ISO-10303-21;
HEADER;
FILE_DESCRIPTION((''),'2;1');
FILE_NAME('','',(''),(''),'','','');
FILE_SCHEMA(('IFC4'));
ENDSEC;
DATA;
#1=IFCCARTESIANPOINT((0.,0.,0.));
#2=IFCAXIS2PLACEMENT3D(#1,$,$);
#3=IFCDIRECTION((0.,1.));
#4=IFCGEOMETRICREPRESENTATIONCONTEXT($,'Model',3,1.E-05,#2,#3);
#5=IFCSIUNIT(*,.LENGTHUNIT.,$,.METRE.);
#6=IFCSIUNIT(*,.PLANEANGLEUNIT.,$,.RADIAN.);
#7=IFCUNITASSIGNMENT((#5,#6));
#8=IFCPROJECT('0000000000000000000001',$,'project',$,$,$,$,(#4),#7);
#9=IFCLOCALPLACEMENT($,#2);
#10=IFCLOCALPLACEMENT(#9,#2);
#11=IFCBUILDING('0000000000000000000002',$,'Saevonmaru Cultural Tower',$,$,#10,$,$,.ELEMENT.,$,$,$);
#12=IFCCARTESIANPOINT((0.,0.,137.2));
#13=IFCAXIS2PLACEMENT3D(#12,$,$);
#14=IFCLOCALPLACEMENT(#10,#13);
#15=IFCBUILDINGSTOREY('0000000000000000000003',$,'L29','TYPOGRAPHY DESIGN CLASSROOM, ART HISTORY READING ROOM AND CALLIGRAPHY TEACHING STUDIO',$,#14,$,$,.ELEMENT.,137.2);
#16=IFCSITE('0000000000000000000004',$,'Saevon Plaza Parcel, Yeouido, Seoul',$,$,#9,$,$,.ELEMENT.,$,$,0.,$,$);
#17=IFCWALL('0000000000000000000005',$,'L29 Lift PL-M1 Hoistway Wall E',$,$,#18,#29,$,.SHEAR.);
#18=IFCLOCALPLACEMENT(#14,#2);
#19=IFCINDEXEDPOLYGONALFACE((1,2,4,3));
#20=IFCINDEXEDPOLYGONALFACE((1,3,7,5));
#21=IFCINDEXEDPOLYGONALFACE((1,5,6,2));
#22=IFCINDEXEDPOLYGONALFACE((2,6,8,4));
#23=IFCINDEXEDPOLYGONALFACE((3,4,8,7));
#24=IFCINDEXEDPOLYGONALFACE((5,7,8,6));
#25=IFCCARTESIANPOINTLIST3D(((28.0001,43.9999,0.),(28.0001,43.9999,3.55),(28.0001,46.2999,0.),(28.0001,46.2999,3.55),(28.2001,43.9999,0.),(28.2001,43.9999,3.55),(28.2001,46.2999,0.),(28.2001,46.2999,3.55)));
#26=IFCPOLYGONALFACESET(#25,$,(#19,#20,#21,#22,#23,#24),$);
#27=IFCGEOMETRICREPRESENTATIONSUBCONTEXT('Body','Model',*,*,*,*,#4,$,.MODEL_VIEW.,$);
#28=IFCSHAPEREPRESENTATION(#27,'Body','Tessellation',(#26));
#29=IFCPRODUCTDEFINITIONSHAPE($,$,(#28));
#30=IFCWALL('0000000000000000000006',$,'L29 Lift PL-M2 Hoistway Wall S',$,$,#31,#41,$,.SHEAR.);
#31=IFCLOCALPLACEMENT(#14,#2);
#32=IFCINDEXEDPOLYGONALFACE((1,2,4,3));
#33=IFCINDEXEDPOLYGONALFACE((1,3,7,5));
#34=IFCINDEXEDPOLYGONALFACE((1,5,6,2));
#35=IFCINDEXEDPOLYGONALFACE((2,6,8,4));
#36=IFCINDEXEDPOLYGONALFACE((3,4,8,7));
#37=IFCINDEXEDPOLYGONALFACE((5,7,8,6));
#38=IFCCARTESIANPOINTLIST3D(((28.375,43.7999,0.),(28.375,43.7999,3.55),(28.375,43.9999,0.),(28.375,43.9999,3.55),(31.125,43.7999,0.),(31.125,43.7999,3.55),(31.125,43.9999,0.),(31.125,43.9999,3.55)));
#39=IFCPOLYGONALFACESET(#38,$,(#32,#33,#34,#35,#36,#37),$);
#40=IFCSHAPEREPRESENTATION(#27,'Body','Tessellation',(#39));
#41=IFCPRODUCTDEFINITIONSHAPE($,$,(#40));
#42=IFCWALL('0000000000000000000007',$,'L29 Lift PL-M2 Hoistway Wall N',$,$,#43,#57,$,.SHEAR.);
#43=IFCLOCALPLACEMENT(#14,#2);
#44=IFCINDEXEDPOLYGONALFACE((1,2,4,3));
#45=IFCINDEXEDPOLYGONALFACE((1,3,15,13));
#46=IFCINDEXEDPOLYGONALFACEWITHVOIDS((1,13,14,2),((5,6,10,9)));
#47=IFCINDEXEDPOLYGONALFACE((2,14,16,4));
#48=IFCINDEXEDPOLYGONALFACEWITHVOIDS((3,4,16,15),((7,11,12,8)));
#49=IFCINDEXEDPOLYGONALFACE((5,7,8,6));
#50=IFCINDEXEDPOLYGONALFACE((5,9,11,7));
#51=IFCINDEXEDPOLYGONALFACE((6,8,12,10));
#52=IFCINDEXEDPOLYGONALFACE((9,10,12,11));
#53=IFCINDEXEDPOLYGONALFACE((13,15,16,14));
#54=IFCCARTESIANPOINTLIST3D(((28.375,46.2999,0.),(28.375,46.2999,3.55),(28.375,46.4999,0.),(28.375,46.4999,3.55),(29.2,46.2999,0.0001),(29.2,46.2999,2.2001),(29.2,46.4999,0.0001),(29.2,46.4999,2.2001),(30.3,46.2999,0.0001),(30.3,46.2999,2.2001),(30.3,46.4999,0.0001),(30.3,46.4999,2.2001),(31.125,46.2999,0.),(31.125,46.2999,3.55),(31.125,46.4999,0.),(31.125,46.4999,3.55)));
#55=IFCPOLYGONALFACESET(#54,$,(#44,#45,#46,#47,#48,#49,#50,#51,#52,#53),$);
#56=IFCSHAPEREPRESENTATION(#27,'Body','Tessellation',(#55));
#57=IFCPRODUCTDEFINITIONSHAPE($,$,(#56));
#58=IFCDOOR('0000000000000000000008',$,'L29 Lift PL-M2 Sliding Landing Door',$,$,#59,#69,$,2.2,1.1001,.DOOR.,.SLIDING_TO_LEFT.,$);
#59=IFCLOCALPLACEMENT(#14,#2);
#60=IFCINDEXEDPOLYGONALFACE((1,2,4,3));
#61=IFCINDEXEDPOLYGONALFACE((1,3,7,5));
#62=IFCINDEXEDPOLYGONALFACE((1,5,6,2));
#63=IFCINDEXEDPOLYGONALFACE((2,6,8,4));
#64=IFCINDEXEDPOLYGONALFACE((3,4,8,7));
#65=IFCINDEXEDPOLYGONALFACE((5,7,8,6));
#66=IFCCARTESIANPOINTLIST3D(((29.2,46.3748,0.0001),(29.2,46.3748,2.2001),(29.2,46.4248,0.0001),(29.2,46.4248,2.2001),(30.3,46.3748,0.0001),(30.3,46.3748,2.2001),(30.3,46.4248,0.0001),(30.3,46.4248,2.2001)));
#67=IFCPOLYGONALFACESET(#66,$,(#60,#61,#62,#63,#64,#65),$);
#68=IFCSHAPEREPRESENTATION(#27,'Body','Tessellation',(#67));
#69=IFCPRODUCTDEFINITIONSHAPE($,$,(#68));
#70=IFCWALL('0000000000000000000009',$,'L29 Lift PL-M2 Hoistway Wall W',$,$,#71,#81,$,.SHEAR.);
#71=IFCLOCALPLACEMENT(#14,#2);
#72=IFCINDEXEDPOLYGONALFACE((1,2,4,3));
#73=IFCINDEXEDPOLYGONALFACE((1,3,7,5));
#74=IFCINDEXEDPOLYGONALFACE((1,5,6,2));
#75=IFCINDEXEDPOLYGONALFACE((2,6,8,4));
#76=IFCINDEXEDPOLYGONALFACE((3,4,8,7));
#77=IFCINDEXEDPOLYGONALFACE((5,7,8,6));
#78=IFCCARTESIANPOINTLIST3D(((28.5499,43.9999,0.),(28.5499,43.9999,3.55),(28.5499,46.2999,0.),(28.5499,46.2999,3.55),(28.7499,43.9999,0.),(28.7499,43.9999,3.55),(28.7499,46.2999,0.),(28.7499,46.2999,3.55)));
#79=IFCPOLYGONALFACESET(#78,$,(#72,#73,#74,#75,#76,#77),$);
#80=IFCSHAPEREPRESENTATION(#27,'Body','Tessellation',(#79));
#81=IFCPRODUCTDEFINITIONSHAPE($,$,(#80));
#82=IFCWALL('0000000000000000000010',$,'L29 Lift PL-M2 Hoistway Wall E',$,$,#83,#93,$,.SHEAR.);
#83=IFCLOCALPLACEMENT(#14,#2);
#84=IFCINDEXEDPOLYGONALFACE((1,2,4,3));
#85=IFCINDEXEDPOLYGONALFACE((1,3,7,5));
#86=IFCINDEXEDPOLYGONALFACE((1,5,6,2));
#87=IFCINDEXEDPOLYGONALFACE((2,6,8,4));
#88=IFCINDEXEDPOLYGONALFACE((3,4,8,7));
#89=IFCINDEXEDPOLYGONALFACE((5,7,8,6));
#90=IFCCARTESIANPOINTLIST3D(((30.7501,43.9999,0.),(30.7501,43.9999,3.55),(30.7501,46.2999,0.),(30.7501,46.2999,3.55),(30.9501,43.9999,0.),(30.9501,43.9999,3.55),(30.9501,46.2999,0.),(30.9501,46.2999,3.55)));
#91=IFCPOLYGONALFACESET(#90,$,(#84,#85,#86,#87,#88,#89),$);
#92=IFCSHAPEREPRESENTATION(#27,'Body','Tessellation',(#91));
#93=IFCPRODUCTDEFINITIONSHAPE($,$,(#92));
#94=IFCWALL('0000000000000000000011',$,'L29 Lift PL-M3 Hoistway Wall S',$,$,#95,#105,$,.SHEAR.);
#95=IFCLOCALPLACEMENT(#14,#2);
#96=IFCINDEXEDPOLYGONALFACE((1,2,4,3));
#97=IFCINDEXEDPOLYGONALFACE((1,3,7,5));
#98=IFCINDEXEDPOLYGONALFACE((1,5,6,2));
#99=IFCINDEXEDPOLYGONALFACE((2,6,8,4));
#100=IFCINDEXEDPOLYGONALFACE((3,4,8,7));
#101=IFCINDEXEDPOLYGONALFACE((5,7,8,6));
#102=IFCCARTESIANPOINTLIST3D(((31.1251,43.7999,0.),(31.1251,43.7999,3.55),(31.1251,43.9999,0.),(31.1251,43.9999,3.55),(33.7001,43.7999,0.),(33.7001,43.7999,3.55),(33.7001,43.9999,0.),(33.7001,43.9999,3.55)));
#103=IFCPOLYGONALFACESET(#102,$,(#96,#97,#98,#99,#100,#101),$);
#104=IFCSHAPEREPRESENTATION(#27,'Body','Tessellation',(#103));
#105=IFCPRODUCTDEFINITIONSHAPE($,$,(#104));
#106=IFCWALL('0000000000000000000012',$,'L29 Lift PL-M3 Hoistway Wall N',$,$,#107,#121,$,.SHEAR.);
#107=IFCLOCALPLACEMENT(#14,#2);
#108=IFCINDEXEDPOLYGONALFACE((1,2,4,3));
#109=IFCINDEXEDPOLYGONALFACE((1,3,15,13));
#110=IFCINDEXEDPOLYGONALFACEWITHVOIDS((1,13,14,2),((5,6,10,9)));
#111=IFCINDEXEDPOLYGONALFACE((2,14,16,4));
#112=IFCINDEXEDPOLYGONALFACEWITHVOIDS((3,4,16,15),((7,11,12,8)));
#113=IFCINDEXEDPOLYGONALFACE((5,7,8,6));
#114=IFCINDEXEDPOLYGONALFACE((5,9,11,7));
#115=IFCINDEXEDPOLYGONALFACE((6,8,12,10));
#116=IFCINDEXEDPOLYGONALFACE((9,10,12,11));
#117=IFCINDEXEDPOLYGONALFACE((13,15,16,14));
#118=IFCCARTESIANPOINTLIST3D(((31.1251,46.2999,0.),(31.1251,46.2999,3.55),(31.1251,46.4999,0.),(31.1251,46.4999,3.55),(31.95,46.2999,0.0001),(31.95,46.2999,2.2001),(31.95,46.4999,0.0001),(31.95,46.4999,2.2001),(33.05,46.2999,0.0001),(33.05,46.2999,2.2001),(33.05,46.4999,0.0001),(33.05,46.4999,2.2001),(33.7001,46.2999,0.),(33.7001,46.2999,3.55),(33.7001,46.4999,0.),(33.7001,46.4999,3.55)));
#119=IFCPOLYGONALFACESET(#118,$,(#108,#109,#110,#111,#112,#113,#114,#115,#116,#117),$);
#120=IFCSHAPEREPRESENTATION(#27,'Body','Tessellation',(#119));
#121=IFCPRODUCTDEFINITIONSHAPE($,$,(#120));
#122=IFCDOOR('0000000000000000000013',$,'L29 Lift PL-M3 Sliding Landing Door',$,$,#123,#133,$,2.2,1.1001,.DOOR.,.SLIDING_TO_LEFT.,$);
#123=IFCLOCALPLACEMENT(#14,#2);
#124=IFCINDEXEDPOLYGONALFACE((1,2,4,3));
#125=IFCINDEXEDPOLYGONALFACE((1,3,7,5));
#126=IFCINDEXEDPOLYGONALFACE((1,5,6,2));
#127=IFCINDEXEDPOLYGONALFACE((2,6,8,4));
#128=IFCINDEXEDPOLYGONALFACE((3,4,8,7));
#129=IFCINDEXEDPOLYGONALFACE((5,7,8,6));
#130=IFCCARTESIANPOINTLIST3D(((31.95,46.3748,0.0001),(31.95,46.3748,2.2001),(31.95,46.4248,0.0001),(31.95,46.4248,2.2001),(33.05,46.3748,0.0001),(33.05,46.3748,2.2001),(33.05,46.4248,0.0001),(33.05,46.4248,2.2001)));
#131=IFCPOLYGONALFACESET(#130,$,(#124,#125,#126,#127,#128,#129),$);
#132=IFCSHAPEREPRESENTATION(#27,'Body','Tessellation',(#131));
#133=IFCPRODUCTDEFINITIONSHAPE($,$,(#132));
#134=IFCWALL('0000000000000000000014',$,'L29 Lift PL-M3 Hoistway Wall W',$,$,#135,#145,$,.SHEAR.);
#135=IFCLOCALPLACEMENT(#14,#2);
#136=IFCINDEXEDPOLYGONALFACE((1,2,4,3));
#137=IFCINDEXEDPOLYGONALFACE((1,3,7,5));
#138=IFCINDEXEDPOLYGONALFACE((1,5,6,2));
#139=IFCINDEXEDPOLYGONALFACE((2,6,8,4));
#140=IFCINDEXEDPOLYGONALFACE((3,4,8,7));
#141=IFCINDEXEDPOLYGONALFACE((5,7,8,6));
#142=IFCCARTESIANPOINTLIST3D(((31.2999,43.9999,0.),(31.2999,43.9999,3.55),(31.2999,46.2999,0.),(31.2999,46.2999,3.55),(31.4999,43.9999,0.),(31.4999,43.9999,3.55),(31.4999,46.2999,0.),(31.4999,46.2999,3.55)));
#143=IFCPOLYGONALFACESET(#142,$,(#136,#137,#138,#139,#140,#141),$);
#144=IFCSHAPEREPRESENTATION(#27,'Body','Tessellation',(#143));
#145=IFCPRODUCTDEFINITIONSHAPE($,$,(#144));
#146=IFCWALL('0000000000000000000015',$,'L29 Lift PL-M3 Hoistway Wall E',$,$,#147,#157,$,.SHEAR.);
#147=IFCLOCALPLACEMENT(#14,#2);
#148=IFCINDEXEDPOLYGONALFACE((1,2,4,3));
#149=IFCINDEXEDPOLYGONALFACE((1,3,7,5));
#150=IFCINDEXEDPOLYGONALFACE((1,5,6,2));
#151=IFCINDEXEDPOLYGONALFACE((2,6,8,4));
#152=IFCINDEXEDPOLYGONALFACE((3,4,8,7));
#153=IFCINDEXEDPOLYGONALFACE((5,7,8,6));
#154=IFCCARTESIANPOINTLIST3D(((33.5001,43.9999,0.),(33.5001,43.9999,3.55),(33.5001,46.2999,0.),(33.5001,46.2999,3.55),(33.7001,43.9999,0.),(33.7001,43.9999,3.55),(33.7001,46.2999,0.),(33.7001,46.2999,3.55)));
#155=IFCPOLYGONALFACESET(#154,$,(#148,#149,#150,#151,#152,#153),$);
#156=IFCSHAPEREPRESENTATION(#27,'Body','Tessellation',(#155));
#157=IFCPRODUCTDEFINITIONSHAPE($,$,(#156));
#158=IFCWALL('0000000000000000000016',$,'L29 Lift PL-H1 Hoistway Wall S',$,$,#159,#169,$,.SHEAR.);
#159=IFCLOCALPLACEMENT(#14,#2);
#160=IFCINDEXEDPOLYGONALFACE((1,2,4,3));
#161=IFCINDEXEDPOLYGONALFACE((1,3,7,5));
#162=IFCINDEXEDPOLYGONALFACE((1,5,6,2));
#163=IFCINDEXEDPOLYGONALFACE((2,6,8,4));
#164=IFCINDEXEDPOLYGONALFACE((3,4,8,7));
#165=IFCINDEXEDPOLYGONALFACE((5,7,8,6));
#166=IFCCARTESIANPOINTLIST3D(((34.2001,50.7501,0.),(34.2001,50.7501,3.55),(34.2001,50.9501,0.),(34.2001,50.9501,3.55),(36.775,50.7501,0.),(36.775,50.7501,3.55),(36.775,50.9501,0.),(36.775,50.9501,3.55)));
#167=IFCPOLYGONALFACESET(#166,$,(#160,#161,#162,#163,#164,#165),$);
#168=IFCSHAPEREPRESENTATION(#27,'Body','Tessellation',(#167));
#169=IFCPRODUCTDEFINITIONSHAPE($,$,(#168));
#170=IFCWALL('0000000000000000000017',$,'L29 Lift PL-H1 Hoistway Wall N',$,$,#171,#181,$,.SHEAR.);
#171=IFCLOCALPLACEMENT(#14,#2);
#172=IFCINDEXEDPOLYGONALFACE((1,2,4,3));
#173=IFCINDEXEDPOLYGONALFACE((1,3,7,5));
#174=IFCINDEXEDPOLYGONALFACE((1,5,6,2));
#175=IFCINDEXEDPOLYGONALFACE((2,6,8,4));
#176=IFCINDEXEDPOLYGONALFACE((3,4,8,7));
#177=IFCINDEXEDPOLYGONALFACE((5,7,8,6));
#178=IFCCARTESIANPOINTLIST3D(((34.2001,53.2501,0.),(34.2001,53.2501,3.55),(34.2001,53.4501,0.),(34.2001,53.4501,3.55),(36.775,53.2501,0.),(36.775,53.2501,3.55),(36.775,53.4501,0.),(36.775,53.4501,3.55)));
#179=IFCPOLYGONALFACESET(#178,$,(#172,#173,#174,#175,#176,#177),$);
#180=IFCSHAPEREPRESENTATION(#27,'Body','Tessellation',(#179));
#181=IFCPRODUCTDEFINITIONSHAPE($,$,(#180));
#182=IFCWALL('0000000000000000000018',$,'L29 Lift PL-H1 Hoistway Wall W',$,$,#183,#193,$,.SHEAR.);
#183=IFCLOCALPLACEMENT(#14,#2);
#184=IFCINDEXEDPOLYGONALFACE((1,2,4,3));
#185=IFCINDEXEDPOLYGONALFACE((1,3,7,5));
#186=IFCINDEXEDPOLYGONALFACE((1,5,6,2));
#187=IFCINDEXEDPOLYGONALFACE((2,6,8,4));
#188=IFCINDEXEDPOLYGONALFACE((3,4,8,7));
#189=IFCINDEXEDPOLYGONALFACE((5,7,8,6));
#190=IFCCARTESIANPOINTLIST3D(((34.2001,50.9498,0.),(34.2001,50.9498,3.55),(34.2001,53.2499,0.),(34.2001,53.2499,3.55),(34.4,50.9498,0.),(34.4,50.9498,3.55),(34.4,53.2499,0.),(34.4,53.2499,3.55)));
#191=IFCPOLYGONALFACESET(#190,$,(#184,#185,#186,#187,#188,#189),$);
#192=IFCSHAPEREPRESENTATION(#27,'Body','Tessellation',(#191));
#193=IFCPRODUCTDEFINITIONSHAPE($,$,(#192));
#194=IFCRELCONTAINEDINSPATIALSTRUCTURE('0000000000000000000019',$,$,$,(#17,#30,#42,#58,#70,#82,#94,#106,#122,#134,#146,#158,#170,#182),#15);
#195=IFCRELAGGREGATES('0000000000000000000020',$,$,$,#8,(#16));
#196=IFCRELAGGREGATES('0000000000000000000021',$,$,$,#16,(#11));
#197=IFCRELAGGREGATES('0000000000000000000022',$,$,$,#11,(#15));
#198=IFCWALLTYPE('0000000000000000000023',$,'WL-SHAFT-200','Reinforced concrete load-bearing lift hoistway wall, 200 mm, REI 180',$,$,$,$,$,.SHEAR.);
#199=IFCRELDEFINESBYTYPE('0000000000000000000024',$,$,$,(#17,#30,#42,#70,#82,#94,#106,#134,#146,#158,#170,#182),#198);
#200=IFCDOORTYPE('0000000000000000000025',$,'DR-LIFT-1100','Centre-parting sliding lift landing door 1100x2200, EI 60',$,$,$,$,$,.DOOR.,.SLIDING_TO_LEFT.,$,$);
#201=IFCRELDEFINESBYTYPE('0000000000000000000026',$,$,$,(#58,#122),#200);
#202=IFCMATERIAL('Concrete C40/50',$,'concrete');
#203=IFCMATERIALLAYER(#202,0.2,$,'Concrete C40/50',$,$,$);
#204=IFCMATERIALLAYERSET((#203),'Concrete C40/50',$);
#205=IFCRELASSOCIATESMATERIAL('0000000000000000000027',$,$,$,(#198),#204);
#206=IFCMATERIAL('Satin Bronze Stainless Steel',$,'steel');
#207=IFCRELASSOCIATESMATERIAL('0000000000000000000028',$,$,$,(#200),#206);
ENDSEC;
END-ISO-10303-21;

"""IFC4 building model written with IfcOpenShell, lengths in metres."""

from ifc_helpers import new_model, si_unit, direction, frame, frame_2d, origin, place, context, subcontext, project, spatial, rectangle, extrude, material, layer, layer_set, type_object, element, fill, save


model = new_model("IFC4")

# Units and contexts
model_context = context("Model", 3, precision=1e-05, world=origin(), true_north=direction((0.0, 1.0)))
body_context = subcontext(model_context, "Body", "Model", "MODEL_VIEW")
ifc_project = project(units=[si_unit("LENGTHUNIT", "METRE"), si_unit("PLANEANGLEUNIT", "RADIAN")], contexts=[model_context])

# Site, building, storey
site_placement = place(None, origin())
site = spatial("IfcSite", under=ifc_project, at=site_placement, Name="Saevon Plaza Parcel, Yeouido, Seoul", CompositionType="ELEMENT", RefElevation=0.0)
building_placement = place(site_placement, origin())
building = spatial("IfcBuilding", under=site, at=building_placement, Name="Saevonmaru Cultural Tower", CompositionType="ELEMENT")
storey_placement = place(building_placement, frame((0.0, 0.0, 137.2)))
storey = spatial("IfcBuildingStorey", under=building, at=storey_placement, Name="L29", Description="TYPOGRAPHY DESIGN CLASSROOM, ART HISTORY READING ROOM AND CALLIGRAPHY TEACHING STUDIO", CompositionType="ELEMENT", Elevation=137.2)

# Shared definitions
ifc_material_1 = material(Name="Concrete C40/50", Category="concrete")
ifc_layer_1 = layer(ifc_material_1, 0.2, Name="Concrete C40/50")
ifc_layer_set_1 = layer_set([ifc_layer_1], Name="Concrete C40/50")
wall_type_1 = type_object("IfcWallType", Name="WL-SHAFT-200", Description="Reinforced concrete load-bearing lift hoistway wall, 200 mm, REI 180", PredefinedType="SHEAR", material=ifc_layer_set_1)
ifc_material_2 = material(Name="Satin Bronze Stainless Steel", Category="steel")
door_type_1 = type_object("IfcDoorType", Name="DR-LIFT-1100", Description="Centre-parting sliding lift landing door 1100x2200, EI 60", OperationType="SLIDING_TO_LEFT", PredefinedType="DOOR", material=ifc_material_2)

# Walls
for number, where, z_axis, x_axis, name in (
    (1, (28.1001, 44.0, 0.0), (0.0, 0.0, 1.0), (0.0, 1.0, 0.0), "L29 Lift PL-M1 Hoistway Wall E"),
):
    element("IfcWall", number, at=place(storey_placement, frame(where, z_axis=z_axis, x_axis=x_axis)), inside=storey, type_object=wall_type_1, Name=name, PredefinedType="SHEAR", context=body_context, shape_type="SweptSolid", body=[
        extrude(rectangle(XDim=2.3, YDim=0.2, at=frame_2d((1.1499, 0.0))), origin(), (0.0, 0.0, 1.0), 3.55),
    ])
wall_1_placement = place(storey_placement, frame((28.375, 43.8999, 0.0), z_axis=(0.0, 0.0, 1.0), x_axis=(1.0, 0.0, 0.0)))
element("IfcWall", 2, at=wall_1_placement, inside=storey, type_object=wall_type_1, Name="L29 Lift PL-M2 Hoistway Wall S", PredefinedType="SHEAR", context=body_context, shape_type="SweptSolid", body=[
    extrude(rectangle(XDim=2.75, YDim=0.2, at=frame_2d((1.375, 0.0))), origin(), (0.0, 0.0, 1.0), 3.55),
])

# Wall, opening, door
wall_2_placement = place(storey_placement, frame((28.375, 46.3999, 0.0), z_axis=(0.0, 0.0, 1.0), x_axis=(1.0, 0.0, 0.0)))
wall_2 = element("IfcWall", 3, at=wall_2_placement, inside=storey, type_object=wall_type_1, Name="L29 Lift PL-M2 Hoistway Wall N", PredefinedType="SHEAR", context=body_context, shape_type="SweptSolid", body=[
    extrude(rectangle(XDim=2.75, YDim=0.2, at=frame_2d((1.375, 0.0))), origin(), (0.0, 0.0, 1.0), 3.55),
])
opening_1_placement = place(wall_2_placement, frame((0.825, 0.0, 0.0)))
opening_1 = element("IfcOpeningElement", 4, at=opening_1_placement, cuts=wall_2, PredefinedType="OPENING", context=body_context, shape_type="SweptSolid", body=[
    extrude(rectangle(XDim=1.1001, YDim=2.2, at=frame_2d((0.55, 1.1001))), frame((0.0, 0.1099, 0.0), z_axis=(0.0, -1.0, 0.0), x_axis=(1.0, 0.0, 0.0)), (0.0, 0.0, 1.0), 0.22),
])
door_1_placement = place(opening_1_placement, origin())
door_1 = element("IfcDoor", 5, at=door_1_placement, inside=storey, type_object=door_type_1, Name="L29 Lift PL-M2 Sliding Landing Door", OperationType="SLIDING_TO_LEFT", OverallHeight=2.2, OverallWidth=1.1001, PredefinedType="DOOR", context=body_context, shape_type="SweptSolid", body=[
    extrude(rectangle(XDim=1.1001, YDim=2.2, at=frame_2d((0.55, 1.1001))), frame((0.0, 0.0249, 0.0), z_axis=(0.0, -1.0, 0.0), x_axis=(1.0, 0.0, 0.0)), (0.0, 0.0, 1.0), 0.05),
])
fill(opening_1, door_1)

# Walls
for number, where, z_axis, x_axis, name in (
    (6, (28.6499, 44.0, 0.0), (0.0, 0.0, 1.0), (0.0, 1.0, 0.0), "L29 Lift PL-M2 Hoistway Wall W"),
    (7, (30.8501, 44.0, 0.0), (0.0, 0.0, 1.0), (0.0, 1.0, 0.0), "L29 Lift PL-M2 Hoistway Wall E"),
):
    element("IfcWall", number, at=place(storey_placement, frame(where, z_axis=z_axis, x_axis=x_axis)), inside=storey, type_object=wall_type_1, Name=name, PredefinedType="SHEAR", context=body_context, shape_type="SweptSolid", body=[
        extrude(rectangle(XDim=2.3, YDim=0.2, at=frame_2d((1.1499, 0.0))), origin(), (0.0, 0.0, 1.0), 3.55),
    ])
wall_3_placement = place(storey_placement, frame((31.125, 43.8999, 0.0), z_axis=(0.0, 0.0, 1.0), x_axis=(1.0, 0.0, 0.0)))
element("IfcWall", 8, at=wall_3_placement, inside=storey, type_object=wall_type_1, Name="L29 Lift PL-M3 Hoistway Wall S", PredefinedType="SHEAR", context=body_context, shape_type="SweptSolid", body=[
    extrude(rectangle(XDim=2.575, YDim=0.2, at=frame_2d((1.2876, 0.0))), origin(), (0.0, 0.0, 1.0), 3.55),
])

# Wall, opening, door
wall_4_placement = place(storey_placement, frame((31.125, 46.3999, 0.0), z_axis=(0.0, 0.0, 1.0), x_axis=(1.0, 0.0, 0.0)))
wall_4 = element("IfcWall", 9, at=wall_4_placement, inside=storey, type_object=wall_type_1, Name="L29 Lift PL-M3 Hoistway Wall N", PredefinedType="SHEAR", context=body_context, shape_type="SweptSolid", body=[
    extrude(rectangle(XDim=2.575, YDim=0.2, at=frame_2d((1.2876, 0.0))), origin(), (0.0, 0.0, 1.0), 3.55),
])
opening_2_placement = place(wall_4_placement, frame((0.825, 0.0, 0.0)))
opening_2 = element("IfcOpeningElement", 10, at=opening_2_placement, cuts=wall_4, PredefinedType="OPENING", context=body_context, shape_type="SweptSolid", body=[
    extrude(rectangle(XDim=1.1001, YDim=2.2, at=frame_2d((0.55, 1.1001))), frame((0.0, 0.1099, 0.0), z_axis=(0.0, -1.0, 0.0), x_axis=(1.0, 0.0, 0.0)), (0.0, 0.0, 1.0), 0.22),
])
door_2_placement = place(opening_2_placement, origin())
door_2 = element("IfcDoor", 11, at=door_2_placement, inside=storey, type_object=door_type_1, Name="L29 Lift PL-M3 Sliding Landing Door", OperationType="SLIDING_TO_LEFT", OverallHeight=2.2, OverallWidth=1.1001, PredefinedType="DOOR", context=body_context, shape_type="SweptSolid", body=[
    extrude(rectangle(XDim=1.1001, YDim=2.2, at=frame_2d((0.55, 1.1001))), frame((0.0, 0.0249, 0.0), z_axis=(0.0, -1.0, 0.0), x_axis=(1.0, 0.0, 0.0)), (0.0, 0.0, 1.0), 0.05),
])
fill(opening_2, door_2)

# Walls
for number, where, z_axis, x_axis, name in (
    (12, (31.3999, 44.0, 0.0), (0.0, 0.0, 1.0), (0.0, 1.0, 0.0), "L29 Lift PL-M3 Hoistway Wall W"),
    (13, (33.6001, 44.0, 0.0), (0.0, 0.0, 1.0), (0.0, 1.0, 0.0), "L29 Lift PL-M3 Hoistway Wall E"),
):
    element("IfcWall", number, at=place(storey_placement, frame(where, z_axis=z_axis, x_axis=x_axis)), inside=storey, type_object=wall_type_1, Name=name, PredefinedType="SHEAR", context=body_context, shape_type="SweptSolid", body=[
        extrude(rectangle(XDim=2.3, YDim=0.2, at=frame_2d((1.1499, 0.0))), origin(), (0.0, 0.0, 1.0), 3.55),
    ])
for number, where, z_axis, x_axis, name in (
    (14, (34.2, 50.8501, 0.0), (0.0, 0.0, 1.0), (1.0, 0.0, 0.0), "L29 Lift PL-H1 Hoistway Wall S"),
    (15, (34.2, 53.3501, 0.0), (0.0, 0.0, 1.0), (1.0, 0.0, 0.0), "L29 Lift PL-H1 Hoistway Wall N"),
):
    element("IfcWall", number, at=place(storey_placement, frame(where, z_axis=z_axis, x_axis=x_axis)), inside=storey, type_object=wall_type_1, Name=name, PredefinedType="SHEAR", context=body_context, shape_type="SweptSolid", body=[
        extrude(rectangle(XDim=2.575, YDim=0.2, at=frame_2d((1.2876, 0.0))), origin(), (0.0, 0.0, 1.0), 3.55),
    ])
wall_5_placement = place(storey_placement, frame((34.3, 50.95, 0.0), z_axis=(0.0, 0.0, 1.0), x_axis=(0.0, 1.0, 0.0)))
element("IfcWall", 16, at=wall_5_placement, inside=storey, type_object=wall_type_1, Name="L29 Lift PL-H1 Hoistway Wall W", PredefinedType="SHEAR", context=body_context, shape_type="SweptSolid", body=[
    extrude(rectangle(XDim=2.3, YDim=0.2, at=frame_2d((1.1499, 0.0))), origin(), (0.0, 0.0, 1.0), 3.55),
])

save(model, "model.ifc")
